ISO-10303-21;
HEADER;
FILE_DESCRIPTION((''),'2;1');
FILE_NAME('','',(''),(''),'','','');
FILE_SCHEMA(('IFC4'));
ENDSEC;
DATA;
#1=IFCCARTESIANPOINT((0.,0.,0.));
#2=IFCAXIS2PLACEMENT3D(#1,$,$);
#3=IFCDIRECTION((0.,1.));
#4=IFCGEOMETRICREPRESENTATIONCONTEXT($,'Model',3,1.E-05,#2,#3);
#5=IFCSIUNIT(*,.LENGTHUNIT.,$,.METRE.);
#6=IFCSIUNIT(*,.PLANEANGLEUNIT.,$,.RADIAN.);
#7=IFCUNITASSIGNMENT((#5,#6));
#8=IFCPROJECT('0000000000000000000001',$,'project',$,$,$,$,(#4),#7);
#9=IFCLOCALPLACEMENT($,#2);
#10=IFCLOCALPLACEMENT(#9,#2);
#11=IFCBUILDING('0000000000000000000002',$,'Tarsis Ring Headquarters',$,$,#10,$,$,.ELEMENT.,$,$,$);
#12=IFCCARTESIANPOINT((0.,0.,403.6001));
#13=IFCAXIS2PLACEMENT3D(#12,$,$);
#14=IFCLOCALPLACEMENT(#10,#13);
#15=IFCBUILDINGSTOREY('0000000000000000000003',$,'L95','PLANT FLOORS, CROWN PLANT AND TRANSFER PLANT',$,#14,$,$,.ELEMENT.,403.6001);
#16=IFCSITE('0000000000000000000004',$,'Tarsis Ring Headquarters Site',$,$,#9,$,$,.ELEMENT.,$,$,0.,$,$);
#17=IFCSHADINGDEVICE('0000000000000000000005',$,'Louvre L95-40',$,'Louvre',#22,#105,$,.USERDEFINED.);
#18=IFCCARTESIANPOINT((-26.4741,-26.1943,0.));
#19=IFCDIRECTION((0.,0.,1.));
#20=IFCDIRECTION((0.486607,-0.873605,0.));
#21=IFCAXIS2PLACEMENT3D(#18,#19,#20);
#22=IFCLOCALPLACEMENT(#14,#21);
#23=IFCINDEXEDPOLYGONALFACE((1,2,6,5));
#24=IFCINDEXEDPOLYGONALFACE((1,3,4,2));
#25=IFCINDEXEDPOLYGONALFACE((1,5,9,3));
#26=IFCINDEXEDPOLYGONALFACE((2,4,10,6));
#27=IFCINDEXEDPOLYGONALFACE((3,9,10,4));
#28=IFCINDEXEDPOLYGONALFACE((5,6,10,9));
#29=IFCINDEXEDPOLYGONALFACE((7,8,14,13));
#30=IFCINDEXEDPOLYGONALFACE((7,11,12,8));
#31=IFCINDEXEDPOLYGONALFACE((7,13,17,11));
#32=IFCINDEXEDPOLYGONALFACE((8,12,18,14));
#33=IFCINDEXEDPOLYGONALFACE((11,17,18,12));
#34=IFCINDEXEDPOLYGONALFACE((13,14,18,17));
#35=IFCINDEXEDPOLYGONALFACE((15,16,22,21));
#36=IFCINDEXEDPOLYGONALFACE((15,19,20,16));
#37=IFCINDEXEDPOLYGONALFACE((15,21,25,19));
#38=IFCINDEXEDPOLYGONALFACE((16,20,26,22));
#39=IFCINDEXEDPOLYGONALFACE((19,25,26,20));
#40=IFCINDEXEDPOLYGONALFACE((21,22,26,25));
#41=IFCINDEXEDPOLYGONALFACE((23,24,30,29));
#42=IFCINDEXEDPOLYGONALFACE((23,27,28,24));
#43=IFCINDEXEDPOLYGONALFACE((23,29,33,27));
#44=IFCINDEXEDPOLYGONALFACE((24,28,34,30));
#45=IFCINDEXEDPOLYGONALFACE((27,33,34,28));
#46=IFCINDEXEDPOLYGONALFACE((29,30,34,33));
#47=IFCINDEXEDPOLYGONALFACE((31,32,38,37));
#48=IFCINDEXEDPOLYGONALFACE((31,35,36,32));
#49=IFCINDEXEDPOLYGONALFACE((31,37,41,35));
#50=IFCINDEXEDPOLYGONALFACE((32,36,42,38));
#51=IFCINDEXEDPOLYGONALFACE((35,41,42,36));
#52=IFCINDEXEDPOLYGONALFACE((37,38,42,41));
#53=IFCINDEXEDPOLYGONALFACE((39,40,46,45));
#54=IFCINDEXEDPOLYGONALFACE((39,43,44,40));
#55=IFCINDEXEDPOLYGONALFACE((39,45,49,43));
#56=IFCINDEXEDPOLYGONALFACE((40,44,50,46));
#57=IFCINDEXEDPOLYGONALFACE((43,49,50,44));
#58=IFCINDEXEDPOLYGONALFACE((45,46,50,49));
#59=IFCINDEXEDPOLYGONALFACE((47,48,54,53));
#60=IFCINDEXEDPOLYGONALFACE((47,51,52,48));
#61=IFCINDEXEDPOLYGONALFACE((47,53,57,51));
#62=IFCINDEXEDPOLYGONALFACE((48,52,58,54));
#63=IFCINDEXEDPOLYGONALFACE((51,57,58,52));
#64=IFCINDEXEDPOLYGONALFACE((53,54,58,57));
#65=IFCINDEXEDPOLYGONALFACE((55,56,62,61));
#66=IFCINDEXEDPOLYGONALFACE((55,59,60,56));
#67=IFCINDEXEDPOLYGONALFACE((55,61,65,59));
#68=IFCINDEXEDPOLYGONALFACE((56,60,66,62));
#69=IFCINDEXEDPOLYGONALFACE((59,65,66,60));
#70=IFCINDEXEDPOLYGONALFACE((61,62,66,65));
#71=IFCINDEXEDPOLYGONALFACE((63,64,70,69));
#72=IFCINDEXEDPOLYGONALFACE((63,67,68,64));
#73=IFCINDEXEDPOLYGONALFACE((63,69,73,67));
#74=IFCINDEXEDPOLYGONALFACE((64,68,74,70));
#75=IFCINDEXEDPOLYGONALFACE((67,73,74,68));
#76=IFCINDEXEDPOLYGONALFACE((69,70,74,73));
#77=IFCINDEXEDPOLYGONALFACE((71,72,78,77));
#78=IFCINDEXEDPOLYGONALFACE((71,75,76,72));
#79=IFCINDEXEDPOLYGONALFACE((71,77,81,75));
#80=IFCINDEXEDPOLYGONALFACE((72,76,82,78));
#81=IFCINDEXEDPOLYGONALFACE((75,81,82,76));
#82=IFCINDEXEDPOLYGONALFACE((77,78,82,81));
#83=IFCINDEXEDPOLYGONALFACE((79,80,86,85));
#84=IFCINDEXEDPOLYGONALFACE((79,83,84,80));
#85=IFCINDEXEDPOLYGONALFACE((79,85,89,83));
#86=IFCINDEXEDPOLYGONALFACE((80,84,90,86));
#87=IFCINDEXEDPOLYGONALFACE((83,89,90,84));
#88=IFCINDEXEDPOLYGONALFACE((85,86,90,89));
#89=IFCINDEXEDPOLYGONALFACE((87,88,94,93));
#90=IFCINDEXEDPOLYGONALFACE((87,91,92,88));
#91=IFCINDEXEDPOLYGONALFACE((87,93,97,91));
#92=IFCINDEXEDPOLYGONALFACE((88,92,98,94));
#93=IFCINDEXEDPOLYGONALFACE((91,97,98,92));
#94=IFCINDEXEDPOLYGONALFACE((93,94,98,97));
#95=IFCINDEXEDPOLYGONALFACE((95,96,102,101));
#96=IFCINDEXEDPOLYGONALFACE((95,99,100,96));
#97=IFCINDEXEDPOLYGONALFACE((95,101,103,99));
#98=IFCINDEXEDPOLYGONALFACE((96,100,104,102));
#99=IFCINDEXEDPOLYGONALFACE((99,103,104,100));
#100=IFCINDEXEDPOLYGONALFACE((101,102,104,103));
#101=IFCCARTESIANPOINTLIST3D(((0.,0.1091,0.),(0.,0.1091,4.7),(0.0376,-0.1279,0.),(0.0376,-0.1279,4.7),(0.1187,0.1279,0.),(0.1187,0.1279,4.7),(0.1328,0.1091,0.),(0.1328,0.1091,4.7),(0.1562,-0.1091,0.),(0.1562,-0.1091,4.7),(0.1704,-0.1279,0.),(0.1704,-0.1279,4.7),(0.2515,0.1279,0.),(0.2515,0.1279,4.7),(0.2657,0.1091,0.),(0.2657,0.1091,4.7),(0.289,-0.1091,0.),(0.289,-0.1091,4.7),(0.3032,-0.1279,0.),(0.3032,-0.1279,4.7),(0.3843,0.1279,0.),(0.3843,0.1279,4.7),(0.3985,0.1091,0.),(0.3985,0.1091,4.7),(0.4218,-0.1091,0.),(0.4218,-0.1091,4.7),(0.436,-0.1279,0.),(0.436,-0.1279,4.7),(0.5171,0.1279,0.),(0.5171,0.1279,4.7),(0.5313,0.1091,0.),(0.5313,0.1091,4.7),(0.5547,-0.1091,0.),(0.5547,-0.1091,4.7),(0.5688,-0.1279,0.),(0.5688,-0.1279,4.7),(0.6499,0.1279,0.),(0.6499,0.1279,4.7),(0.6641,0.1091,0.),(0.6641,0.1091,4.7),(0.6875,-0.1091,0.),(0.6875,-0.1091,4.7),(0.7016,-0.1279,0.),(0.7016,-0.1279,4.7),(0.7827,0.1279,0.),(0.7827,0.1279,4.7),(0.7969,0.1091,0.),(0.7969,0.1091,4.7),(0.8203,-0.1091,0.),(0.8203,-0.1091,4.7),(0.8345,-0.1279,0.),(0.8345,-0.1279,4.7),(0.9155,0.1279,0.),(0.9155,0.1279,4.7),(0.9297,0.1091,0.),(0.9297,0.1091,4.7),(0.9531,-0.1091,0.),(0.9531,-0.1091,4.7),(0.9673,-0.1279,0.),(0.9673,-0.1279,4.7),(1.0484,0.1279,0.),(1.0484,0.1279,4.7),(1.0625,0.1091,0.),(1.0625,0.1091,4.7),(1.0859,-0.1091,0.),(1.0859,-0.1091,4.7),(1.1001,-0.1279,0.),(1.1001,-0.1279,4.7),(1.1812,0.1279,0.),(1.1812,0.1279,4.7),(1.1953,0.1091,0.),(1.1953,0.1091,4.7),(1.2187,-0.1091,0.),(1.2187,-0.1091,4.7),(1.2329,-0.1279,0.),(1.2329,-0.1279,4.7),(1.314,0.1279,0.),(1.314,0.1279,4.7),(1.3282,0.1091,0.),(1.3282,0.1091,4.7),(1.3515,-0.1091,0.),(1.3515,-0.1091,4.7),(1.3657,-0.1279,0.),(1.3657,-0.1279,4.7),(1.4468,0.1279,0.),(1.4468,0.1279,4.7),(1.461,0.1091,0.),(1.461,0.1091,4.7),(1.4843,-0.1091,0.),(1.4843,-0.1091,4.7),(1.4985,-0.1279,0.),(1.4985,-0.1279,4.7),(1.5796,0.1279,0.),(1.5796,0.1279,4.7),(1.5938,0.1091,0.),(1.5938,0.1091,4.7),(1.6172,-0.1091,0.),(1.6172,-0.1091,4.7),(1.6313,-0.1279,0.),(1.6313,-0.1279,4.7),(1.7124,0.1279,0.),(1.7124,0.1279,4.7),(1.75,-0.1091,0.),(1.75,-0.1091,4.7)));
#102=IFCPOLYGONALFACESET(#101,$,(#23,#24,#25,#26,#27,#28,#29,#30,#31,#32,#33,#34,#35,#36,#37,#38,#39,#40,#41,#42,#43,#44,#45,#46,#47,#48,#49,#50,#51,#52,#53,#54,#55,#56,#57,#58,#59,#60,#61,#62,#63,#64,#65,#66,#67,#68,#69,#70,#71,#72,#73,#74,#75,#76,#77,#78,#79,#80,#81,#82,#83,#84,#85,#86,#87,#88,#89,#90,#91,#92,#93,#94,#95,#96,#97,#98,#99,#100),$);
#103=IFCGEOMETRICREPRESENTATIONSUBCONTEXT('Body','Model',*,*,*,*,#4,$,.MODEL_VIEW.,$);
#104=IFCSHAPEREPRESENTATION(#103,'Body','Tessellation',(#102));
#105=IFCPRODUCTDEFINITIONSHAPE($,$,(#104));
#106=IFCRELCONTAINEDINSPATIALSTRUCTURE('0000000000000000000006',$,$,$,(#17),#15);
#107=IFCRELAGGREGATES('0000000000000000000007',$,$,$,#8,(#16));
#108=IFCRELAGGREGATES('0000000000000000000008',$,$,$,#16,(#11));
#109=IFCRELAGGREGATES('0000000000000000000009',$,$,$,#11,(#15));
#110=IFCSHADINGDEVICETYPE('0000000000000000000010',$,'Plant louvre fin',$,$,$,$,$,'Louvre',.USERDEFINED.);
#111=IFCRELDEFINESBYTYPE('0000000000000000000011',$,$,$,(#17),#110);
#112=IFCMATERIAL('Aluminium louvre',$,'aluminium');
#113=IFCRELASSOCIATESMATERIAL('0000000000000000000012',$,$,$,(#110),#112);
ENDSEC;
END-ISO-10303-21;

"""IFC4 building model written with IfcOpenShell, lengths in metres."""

from ifc_helpers import new_model, si_unit, direction, frame, frame_2d, origin, place, context, subcontext, project, spatial, rectangle, composite_profile, extrude, material, type_object, element, save


model = new_model("IFC4")

# Units and contexts
model_context = context("Model", 3, precision=1e-05, world=origin(), true_north=direction((0.0, 1.0)))
body_context = subcontext(model_context, "Body", "Model", "MODEL_VIEW")
ifc_project = project(units=[si_unit("LENGTHUNIT", "METRE"), si_unit("PLANEANGLEUNIT", "RADIAN")], contexts=[model_context])

# Site, building, storey
site_placement = place(None, origin())
site = spatial("IfcSite", under=ifc_project, at=site_placement, Name="Tarsis Ring Headquarters Site", CompositionType="ELEMENT", RefElevation=0.0)
building_placement = place(site_placement, origin())
building = spatial("IfcBuilding", under=site, at=building_placement, Name="Tarsis Ring Headquarters", CompositionType="ELEMENT")
storey_placement = place(building_placement, frame((0.0, 0.0, 403.6001)))
storey = spatial("IfcBuildingStorey", under=building, at=storey_placement, Name="L95", Description="PLANT FLOORS, CROWN PLANT AND TRANSFER PLANT", CompositionType="ELEMENT", Elevation=403.6001)

# Shading device
ifc_material_1 = material(Name="Aluminium louvre", Category="aluminium")
shading_device_type_1 = type_object("IfcShadingDeviceType", Name="Plant louvre fin", ElementType="Louvre", PredefinedType="USERDEFINED", material=ifc_material_1)
shading_device_1_placement = place(storey_placement, frame((-26.4741, -26.1943, 0.0), z_axis=(0.0, 0.0, 1.0), x_axis=(0.486607, -0.873605, 0.0)))
element("IfcShadingDevice", 1, at=shading_device_1_placement, inside=storey, type_object=shading_device_type_1, Name="Louvre L95-40", ObjectType="Louvre", PredefinedType="USERDEFINED", context=body_context, shape_type="SweptSolid", body=[
    extrude(composite_profile([rectangle(XDim=0.1201, YDim=0.24, at=frame_2d((0.0781, 0.0), x_axis=(0.987688, 0.156434))), rectangle(XDim=0.1201, YDim=0.24, at=frame_2d((0.2109, 0.0), x_axis=(0.987688, 0.156434))), rectangle(XDim=0.1201, YDim=0.24, at=frame_2d((0.3438, 0.0), x_axis=(0.987688, 0.156434))), rectangle(XDim=0.1201, YDim=0.24, at=frame_2d((0.4766, 0.0), x_axis=(0.987688, 0.156434))), rectangle(XDim=0.1201, YDim=0.24, at=frame_2d((0.6094, 0.0), x_axis=(0.987688, 0.156434))), rectangle(XDim=0.1201, YDim=0.24, at=frame_2d((0.7422, 0.0), x_axis=(0.987688, 0.156434))), rectangle(XDim=0.1201, YDim=0.24, at=frame_2d((0.875, 0.0), x_axis=(0.987688, 0.156434))), rectangle(XDim=0.1201, YDim=0.24, at=frame_2d((1.0078, 0.0), x_axis=(0.987688, 0.156434))), rectangle(XDim=0.1201, YDim=0.24, at=frame_2d((1.1406, 0.0), x_axis=(0.987688, 0.156434))), rectangle(XDim=0.1201, YDim=0.24, at=frame_2d((1.2734, 0.0), x_axis=(0.987688, 0.156434))), rectangle(XDim=0.1201, YDim=0.24, at=frame_2d((1.4062, 0.0), x_axis=(0.987688, 0.156434))), rectangle(XDim=0.1201, YDim=0.24, at=frame_2d((1.5391, 0.0), x_axis=(0.987688, 0.156434))), rectangle(XDim=0.1201, YDim=0.24, at=frame_2d((1.6719, 0.0), x_axis=(0.987688, 0.156434)))]), origin(), (0.0, 0.0, 1.0), 4.7),
])

save(model, "model.ifc")
